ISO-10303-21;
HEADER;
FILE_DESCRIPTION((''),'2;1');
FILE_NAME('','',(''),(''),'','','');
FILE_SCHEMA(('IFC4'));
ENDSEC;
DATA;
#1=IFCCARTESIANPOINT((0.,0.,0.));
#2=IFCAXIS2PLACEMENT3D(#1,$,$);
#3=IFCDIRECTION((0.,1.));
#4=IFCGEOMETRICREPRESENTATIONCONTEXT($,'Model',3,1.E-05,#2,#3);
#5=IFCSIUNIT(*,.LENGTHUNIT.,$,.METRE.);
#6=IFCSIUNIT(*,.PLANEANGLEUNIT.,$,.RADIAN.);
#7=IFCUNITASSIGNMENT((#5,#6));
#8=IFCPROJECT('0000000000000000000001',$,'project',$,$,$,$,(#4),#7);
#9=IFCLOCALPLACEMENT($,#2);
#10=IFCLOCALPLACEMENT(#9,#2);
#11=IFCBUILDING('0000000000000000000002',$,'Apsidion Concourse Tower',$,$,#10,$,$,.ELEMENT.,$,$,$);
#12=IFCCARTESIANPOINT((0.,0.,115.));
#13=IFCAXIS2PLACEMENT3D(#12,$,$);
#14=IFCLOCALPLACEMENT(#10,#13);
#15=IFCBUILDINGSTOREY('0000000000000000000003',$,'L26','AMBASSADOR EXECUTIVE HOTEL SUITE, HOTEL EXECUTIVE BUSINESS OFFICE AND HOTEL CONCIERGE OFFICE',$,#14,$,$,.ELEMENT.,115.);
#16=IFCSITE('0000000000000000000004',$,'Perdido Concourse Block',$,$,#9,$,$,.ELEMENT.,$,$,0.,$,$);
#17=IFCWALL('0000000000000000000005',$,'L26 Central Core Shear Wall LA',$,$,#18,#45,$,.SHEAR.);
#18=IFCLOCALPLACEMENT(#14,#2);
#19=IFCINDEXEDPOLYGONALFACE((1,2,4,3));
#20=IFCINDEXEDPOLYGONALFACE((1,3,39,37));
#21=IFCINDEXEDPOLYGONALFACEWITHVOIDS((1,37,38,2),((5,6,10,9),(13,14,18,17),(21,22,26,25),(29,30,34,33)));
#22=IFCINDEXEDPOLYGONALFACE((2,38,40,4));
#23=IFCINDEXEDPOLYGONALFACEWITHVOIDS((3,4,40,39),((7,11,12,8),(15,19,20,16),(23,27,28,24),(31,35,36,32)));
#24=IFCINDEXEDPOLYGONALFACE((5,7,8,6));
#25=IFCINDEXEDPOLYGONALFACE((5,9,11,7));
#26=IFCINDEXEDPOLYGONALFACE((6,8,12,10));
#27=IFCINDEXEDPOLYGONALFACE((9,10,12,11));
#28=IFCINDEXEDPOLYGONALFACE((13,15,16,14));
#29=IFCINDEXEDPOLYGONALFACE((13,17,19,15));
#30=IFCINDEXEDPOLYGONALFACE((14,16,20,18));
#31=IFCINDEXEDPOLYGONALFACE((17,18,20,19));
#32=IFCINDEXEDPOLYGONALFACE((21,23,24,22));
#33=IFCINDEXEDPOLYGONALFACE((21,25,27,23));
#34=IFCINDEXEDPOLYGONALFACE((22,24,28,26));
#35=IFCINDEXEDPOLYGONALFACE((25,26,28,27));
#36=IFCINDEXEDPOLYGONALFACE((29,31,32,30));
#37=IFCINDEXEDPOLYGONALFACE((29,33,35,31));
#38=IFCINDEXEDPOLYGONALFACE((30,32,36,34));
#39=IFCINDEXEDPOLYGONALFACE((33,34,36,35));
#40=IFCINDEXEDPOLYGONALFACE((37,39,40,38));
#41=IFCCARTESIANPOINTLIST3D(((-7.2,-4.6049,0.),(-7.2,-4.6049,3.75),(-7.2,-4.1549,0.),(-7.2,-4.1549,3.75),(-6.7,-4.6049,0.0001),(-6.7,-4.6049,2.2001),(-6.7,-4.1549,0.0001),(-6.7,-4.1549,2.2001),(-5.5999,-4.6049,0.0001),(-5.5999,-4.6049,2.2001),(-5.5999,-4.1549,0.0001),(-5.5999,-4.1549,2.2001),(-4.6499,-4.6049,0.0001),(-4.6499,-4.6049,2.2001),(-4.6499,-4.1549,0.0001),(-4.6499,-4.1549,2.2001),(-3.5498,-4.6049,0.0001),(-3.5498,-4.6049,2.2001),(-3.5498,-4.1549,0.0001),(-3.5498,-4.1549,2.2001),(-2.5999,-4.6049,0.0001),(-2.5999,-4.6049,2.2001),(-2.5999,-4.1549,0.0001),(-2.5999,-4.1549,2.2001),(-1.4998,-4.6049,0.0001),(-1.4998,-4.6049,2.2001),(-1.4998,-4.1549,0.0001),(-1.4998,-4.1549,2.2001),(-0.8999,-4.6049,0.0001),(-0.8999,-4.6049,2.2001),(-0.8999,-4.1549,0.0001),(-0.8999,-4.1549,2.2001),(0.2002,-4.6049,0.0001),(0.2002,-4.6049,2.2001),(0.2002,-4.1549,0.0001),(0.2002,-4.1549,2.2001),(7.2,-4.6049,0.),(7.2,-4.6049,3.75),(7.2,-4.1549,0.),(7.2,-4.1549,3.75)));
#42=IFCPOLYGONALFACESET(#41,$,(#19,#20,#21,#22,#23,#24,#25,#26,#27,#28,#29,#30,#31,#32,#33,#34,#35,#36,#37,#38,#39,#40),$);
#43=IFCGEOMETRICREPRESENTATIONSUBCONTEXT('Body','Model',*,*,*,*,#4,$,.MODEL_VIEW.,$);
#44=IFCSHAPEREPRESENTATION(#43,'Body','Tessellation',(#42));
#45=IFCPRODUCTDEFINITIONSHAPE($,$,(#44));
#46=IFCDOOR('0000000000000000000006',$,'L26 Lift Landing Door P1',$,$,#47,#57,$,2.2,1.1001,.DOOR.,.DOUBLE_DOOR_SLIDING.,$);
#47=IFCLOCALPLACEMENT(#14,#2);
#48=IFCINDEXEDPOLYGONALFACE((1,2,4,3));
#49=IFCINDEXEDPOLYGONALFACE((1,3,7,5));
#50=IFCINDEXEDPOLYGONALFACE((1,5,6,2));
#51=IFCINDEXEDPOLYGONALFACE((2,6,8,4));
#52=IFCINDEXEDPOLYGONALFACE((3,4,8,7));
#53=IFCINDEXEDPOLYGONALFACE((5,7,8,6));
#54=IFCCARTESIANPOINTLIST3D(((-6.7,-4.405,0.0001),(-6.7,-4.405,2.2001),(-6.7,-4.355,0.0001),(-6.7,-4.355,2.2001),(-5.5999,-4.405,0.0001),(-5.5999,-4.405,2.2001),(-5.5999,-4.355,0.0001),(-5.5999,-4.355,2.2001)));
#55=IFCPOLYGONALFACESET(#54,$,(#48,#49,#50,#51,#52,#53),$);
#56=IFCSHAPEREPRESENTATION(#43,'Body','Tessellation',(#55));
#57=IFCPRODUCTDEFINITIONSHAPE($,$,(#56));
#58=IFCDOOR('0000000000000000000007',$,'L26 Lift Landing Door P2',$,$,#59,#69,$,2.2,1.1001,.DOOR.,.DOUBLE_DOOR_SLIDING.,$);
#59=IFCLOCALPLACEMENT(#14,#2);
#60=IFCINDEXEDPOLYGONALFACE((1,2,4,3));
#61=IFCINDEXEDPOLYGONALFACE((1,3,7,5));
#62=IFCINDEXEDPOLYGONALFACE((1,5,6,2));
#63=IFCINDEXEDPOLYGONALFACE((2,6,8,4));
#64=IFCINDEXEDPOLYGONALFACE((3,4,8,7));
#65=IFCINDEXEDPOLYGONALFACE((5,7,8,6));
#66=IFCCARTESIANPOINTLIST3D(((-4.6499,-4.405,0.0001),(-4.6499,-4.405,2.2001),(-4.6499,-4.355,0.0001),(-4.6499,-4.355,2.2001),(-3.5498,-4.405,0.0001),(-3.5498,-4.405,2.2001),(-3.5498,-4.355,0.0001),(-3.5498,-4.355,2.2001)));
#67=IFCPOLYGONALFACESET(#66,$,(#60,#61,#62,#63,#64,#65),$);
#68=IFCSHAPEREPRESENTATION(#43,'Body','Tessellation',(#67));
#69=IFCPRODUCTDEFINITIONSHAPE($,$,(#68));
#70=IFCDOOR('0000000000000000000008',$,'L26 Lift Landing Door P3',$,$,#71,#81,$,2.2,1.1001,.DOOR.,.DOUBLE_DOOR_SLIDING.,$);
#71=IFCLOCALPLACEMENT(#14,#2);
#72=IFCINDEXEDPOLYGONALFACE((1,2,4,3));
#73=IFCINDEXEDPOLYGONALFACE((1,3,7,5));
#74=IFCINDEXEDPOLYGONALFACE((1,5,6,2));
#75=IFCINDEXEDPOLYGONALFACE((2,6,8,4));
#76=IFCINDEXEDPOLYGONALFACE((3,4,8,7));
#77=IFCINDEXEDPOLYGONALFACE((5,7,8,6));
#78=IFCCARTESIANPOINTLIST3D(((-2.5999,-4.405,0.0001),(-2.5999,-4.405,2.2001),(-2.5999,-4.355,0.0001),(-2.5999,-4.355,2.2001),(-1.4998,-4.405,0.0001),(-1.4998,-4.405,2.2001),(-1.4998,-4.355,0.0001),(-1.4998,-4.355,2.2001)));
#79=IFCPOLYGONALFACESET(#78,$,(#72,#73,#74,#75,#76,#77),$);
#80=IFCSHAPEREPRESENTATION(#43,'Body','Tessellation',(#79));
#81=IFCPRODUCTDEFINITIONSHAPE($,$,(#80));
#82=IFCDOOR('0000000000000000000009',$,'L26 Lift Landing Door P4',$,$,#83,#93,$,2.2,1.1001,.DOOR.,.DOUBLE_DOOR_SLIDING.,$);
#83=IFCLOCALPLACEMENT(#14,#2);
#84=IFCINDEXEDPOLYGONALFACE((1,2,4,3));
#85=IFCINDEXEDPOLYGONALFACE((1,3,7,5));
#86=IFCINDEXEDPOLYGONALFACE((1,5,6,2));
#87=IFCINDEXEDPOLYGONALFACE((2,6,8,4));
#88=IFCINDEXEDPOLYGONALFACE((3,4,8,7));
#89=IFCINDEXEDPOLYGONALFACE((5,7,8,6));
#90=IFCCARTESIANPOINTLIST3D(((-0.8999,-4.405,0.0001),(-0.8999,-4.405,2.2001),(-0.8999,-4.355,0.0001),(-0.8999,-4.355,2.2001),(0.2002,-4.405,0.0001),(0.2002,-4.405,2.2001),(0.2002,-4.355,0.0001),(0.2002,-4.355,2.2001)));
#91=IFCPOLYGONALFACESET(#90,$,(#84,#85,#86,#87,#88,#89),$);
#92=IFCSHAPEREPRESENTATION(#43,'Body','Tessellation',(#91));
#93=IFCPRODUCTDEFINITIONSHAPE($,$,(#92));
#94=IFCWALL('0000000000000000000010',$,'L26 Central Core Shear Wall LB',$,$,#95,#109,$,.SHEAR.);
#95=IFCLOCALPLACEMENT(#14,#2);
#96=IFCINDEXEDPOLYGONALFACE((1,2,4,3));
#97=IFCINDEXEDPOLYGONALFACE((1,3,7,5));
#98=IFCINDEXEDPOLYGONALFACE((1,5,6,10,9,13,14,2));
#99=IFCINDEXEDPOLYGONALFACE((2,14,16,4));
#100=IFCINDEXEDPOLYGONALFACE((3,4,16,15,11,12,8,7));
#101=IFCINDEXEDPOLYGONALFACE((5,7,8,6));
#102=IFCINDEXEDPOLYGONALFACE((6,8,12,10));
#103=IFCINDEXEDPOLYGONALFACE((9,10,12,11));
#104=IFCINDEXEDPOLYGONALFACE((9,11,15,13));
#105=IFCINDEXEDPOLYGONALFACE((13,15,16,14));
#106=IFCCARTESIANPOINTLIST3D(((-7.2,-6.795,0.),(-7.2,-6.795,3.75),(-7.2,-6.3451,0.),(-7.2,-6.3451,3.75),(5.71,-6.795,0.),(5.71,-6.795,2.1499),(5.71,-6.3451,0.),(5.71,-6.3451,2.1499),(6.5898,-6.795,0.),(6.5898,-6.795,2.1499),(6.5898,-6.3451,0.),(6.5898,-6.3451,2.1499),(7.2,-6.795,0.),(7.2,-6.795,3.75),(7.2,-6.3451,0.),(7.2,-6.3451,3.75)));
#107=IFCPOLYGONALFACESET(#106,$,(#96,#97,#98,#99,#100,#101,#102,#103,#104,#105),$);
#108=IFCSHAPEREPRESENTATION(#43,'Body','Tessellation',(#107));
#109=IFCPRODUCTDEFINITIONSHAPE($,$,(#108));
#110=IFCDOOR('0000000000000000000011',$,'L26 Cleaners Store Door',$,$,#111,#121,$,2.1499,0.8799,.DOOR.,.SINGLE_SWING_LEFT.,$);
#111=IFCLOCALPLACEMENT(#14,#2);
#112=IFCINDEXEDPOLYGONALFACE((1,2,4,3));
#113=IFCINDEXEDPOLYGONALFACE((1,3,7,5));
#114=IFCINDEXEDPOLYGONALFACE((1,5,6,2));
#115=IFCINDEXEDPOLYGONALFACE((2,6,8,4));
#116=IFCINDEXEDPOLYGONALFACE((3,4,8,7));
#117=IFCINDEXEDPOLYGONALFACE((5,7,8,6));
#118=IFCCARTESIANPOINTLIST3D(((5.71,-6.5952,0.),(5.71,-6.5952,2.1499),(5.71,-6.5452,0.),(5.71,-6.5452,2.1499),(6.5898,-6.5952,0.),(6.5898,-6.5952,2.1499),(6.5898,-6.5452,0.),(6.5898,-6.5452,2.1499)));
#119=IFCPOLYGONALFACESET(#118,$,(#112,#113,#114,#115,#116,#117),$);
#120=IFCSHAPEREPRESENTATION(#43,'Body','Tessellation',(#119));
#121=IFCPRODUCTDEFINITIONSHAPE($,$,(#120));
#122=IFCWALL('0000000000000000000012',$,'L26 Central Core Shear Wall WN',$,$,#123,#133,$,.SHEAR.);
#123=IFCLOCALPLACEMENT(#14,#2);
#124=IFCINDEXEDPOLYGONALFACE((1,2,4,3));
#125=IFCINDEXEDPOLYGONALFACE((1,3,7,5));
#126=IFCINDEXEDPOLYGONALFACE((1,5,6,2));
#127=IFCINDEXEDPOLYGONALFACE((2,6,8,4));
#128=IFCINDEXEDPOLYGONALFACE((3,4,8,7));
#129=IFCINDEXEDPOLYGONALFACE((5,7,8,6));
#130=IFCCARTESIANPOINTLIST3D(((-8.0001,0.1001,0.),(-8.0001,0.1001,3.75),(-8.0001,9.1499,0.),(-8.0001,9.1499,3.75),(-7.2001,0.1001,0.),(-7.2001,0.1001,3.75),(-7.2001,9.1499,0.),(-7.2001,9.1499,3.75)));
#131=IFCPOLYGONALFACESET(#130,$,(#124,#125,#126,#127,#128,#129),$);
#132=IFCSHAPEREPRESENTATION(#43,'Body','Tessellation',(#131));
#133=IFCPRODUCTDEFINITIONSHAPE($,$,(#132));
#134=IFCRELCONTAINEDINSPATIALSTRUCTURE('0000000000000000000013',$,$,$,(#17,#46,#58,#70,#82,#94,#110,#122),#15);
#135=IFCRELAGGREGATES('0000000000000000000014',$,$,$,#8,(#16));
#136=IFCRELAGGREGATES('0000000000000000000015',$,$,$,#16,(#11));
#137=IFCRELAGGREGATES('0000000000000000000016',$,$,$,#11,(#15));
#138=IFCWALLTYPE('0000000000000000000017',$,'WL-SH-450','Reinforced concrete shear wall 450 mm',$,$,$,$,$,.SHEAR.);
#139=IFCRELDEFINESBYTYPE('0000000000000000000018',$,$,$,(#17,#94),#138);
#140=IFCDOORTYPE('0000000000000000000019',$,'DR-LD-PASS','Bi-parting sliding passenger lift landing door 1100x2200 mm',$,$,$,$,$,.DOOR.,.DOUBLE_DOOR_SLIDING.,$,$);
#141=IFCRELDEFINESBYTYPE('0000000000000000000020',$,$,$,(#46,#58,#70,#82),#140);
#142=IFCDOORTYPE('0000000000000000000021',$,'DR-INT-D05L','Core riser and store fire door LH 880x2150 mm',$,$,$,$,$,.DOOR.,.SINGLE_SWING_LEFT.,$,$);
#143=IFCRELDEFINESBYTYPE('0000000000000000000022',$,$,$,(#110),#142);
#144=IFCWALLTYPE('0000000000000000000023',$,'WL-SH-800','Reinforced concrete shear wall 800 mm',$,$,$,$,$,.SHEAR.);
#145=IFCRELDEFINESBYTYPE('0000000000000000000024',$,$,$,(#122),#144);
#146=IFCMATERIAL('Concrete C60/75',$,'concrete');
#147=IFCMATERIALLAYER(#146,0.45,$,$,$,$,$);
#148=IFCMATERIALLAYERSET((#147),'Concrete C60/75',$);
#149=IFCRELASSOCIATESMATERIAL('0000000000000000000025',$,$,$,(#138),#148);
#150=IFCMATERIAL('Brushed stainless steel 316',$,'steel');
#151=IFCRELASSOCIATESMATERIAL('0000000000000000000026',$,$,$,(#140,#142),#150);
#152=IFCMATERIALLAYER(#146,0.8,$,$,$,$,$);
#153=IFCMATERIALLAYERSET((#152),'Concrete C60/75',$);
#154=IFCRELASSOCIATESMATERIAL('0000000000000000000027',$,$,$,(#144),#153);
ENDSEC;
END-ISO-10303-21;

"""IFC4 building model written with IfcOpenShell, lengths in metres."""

from ifc_helpers import new_model, si_unit, direction, frame, frame_2d, origin, place, context, subcontext, project, spatial, rectangle, extrude, material, layer, layer_set, type_object, element, fill, save


model = new_model("IFC4")

# Units and contexts
model_context = context("Model", 3, precision=1e-05, world=origin(), true_north=direction((0.0, 1.0)))
body_context = subcontext(model_context, "Body", "Model", "MODEL_VIEW")
ifc_project = project(units=[si_unit("LENGTHUNIT", "METRE"), si_unit("PLANEANGLEUNIT", "RADIAN")], contexts=[model_context])

# Site, building, storey
site_placement = place(None, origin())
site = spatial("IfcSite", under=ifc_project, at=site_placement, Name="Perdido Concourse Block", CompositionType="ELEMENT", RefElevation=0.0)
building_placement = place(site_placement, origin())
building = spatial("IfcBuilding", under=site, at=building_placement, Name="Apsidion Concourse Tower", CompositionType="ELEMENT")
storey_placement = place(building_placement, frame((0.0, 0.0, 115.0)))
storey = spatial("IfcBuildingStorey", under=building, at=storey_placement, Name="L26", Description="AMBASSADOR EXECUTIVE HOTEL SUITE, HOTEL EXECUTIVE BUSINESS OFFICE AND HOTEL CONCIERGE OFFICE", CompositionType="ELEMENT", Elevation=115.0)

# Shared definitions
ifc_material_1 = material(Name="Brushed stainless steel 316", Category="steel")

# Shared definitions
ifc_material_2 = material(Name="Concrete C60/75", Category="concrete")
ifc_layer_1 = layer(ifc_material_2, 0.45)
ifc_layer_set_1 = layer_set([ifc_layer_1], Name="Concrete C60/75")
wall_type_1 = type_object("IfcWallType", Name="WL-SH-450", Description="Reinforced concrete shear wall 450 mm", PredefinedType="SHEAR", material=ifc_layer_set_1)

# Wall, openings, doors
wall_1_placement = place(storey_placement, frame((-7.2, -4.3799, 0.0), z_axis=(0.0, 0.0, 1.0), x_axis=(1.0, 0.0, 0.0)))
wall_1 = element("IfcWall", 1, at=wall_1_placement, inside=storey, type_object=wall_type_1, Name="L26 Central Core Shear Wall LA", PredefinedType="SHEAR", context=body_context, shape_type="SweptSolid", body=[
    extrude(rectangle(XDim=14.3999, YDim=0.45, at=frame_2d((7.2, 0.0))), origin(), (0.0, 0.0, 1.0), 3.75),
])
opening_1_placement = place(wall_1_placement, frame((0.5, 0.0, 0.0)))
opening_1 = element("IfcOpeningElement", 2, at=opening_1_placement, cuts=wall_1, PredefinedType="OPENING", context=body_context, shape_type="SweptSolid", body=[
    extrude(rectangle(XDim=1.1001, YDim=2.2, at=frame_2d((0.55, 1.1001))), frame((0.0, 0.2349, 0.0), z_axis=(0.0, -1.0, 0.0), x_axis=(1.0, 0.0, 0.0)), (0.0, 0.0, 1.0), 0.47),
])
opening_2_placement = place(wall_1_placement, frame((2.55, 0.0, 0.0)))
opening_2 = element("IfcOpeningElement", 3, at=opening_2_placement, cuts=wall_1, PredefinedType="OPENING", context=body_context, shape_type="SweptSolid", body=[
    extrude(rectangle(XDim=1.1001, YDim=2.2, at=frame_2d((0.55, 1.1001))), frame((0.0, 0.2349, 0.0), z_axis=(0.0, -1.0, 0.0), x_axis=(1.0, 0.0, 0.0)), (0.0, 0.0, 1.0), 0.47),
])
opening_3_placement = place(wall_1_placement, frame((4.6001, 0.0, 0.0)))
opening_3 = element("IfcOpeningElement", 4, at=opening_3_placement, cuts=wall_1, PredefinedType="OPENING", context=body_context, shape_type="SweptSolid", body=[
    extrude(rectangle(XDim=1.1001, YDim=2.2, at=frame_2d((0.55, 1.1001))), frame((0.0, 0.2349, 0.0), z_axis=(0.0, -1.0, 0.0), x_axis=(1.0, 0.0, 0.0)), (0.0, 0.0, 1.0), 0.47),
])
opening_4_placement = place(wall_1_placement, frame((6.3, 0.0, 0.0)))
opening_4 = element("IfcOpeningElement", 5, at=opening_4_placement, cuts=wall_1, PredefinedType="OPENING", context=body_context, shape_type="SweptSolid", body=[
    extrude(rectangle(XDim=1.1001, YDim=2.2, at=frame_2d((0.55, 1.1001))), frame((0.0, 0.2349, 0.0), z_axis=(0.0, -1.0, 0.0), x_axis=(1.0, 0.0, 0.0)), (0.0, 0.0, 1.0), 0.47),
])
door_type_1 = type_object("IfcDoorType", Name="DR-LD-PASS", Description="Bi-parting sliding passenger lift landing door 1100x2200 mm", OperationType="DOUBLE_DOOR_SLIDING", PredefinedType="DOOR", material=ifc_material_1)
door_1_placement = place(opening_1_placement, origin())
door_1 = element("IfcDoor", 6, at=door_1_placement, inside=storey, type_object=door_type_1, Name="L26 Lift Landing Door P1", OperationType="DOUBLE_DOOR_SLIDING", OverallHeight=2.2, OverallWidth=1.1001, PredefinedType="DOOR", context=body_context, shape_type="SweptSolid", body=[
    extrude(rectangle(XDim=1.1001, YDim=2.2, at=frame_2d((0.55, 1.1001))), frame((0.0, 0.0249, 0.0), z_axis=(0.0, -1.0, 0.0), x_axis=(1.0, 0.0, 0.0)), (0.0, 0.0, 1.0), 0.05),
])
fill(opening_1, door_1)
door_2_placement = place(opening_2_placement, origin())
door_2 = element("IfcDoor", 7, at=door_2_placement, inside=storey, type_object=door_type_1, Name="L26 Lift Landing Door P2", OperationType="DOUBLE_DOOR_SLIDING", OverallHeight=2.2, OverallWidth=1.1001, PredefinedType="DOOR", context=body_context, shape_type="SweptSolid", body=[
    extrude(rectangle(XDim=1.1001, YDim=2.2, at=frame_2d((0.55, 1.1001))), frame((0.0, 0.0249, 0.0), z_axis=(0.0, -1.0, 0.0), x_axis=(1.0, 0.0, 0.0)), (0.0, 0.0, 1.0), 0.05),
])
fill(opening_2, door_2)
door_3_placement = place(opening_3_placement, origin())
door_3 = element("IfcDoor", 8, at=door_3_placement, inside=storey, type_object=door_type_1, Name="L26 Lift Landing Door P3", OperationType="DOUBLE_DOOR_SLIDING", OverallHeight=2.2, OverallWidth=1.1001, PredefinedType="DOOR", context=body_context, shape_type="SweptSolid", body=[
    extrude(rectangle(XDim=1.1001, YDim=2.2, at=frame_2d((0.55, 1.1001))), frame((0.0, 0.0249, 0.0), z_axis=(0.0, -1.0, 0.0), x_axis=(1.0, 0.0, 0.0)), (0.0, 0.0, 1.0), 0.05),
])
fill(opening_3, door_3)
door_4_placement = place(opening_4_placement, origin())
door_4 = element("IfcDoor", 9, at=door_4_placement, inside=storey, type_object=door_type_1, Name="L26 Lift Landing Door P4", OperationType="DOUBLE_DOOR_SLIDING", OverallHeight=2.2, OverallWidth=1.1001, PredefinedType="DOOR", context=body_context, shape_type="SweptSolid", body=[
    extrude(rectangle(XDim=1.1001, YDim=2.2, at=frame_2d((0.55, 1.1001))), frame((0.0, 0.0249, 0.0), z_axis=(0.0, -1.0, 0.0), x_axis=(1.0, 0.0, 0.0)), (0.0, 0.0, 1.0), 0.05),
])
fill(opening_4, door_4)

# Wall, opening, door
wall_2_placement = place(storey_placement, frame((-7.2, -6.5701, 0.0), z_axis=(0.0, 0.0, 1.0), x_axis=(1.0, 0.0, 0.0)))
wall_2 = element("IfcWall", 10, at=wall_2_placement, inside=storey, type_object=wall_type_1, Name="L26 Central Core Shear Wall LB", PredefinedType="SHEAR", context=body_context, shape_type="SweptSolid", body=[
    extrude(rectangle(XDim=14.3999, YDim=0.45, at=frame_2d((7.2, 0.0))), origin(), (0.0, 0.0, 1.0), 3.75),
])
opening_5_placement = place(wall_2_placement, frame((12.9099, 0.0, 0.0)))
opening_5 = element("IfcOpeningElement", 11, at=opening_5_placement, cuts=wall_2, PredefinedType="OPENING", context=body_context, shape_type="SweptSolid", body=[
    extrude(rectangle(XDim=0.8799, YDim=2.1499, at=frame_2d((0.4399, 1.075))), frame((0.0, 0.2349, 0.0), z_axis=(0.0, -1.0, 0.0), x_axis=(1.0, 0.0, 0.0)), (0.0, 0.0, 1.0), 0.47),
])
door_type_2 = type_object("IfcDoorType", Name="DR-INT-D05L", Description="Core riser and store fire door LH 880x2150 mm", OperationType="SINGLE_SWING_LEFT", PredefinedType="DOOR", material=ifc_material_1)
door_5_placement = place(opening_5_placement, origin())
door_5 = element("IfcDoor", 12, at=door_5_placement, inside=storey, type_object=door_type_2, Name="L26 Cleaners Store Door", OperationType="SINGLE_SWING_LEFT", OverallHeight=2.1499, OverallWidth=0.8799, PredefinedType="DOOR", context=body_context, shape_type="SweptSolid", body=[
    extrude(rectangle(XDim=0.8799, YDim=2.1499, at=frame_2d((0.4399, 1.075))), frame((0.0, 0.0249, 0.0), z_axis=(0.0, -1.0, 0.0), x_axis=(1.0, 0.0, 0.0)), (0.0, 0.0, 1.0), 0.05),
])
fill(opening_5, door_5)

# Wall
ifc_layer_2 = layer(ifc_material_2, 0.8)
ifc_layer_set_2 = layer_set([ifc_layer_2], Name="Concrete C60/75")
wall_type_2 = type_object("IfcWallType", Name="WL-SH-800", Description="Reinforced concrete shear wall 800 mm", PredefinedType="SHEAR", material=ifc_layer_set_2)
wall_3_placement = place(storey_placement, frame((-7.6001, 0.1001, 0.0), z_axis=(0.0, 0.0, 1.0), x_axis=(0.0, 1.0, 0.0)))
element("IfcWall", 13, at=wall_3_placement, inside=storey, type_object=wall_type_2, Name="L26 Central Core Shear Wall WN", PredefinedType="SHEAR", context=body_context, shape_type="SweptSolid", body=[
    extrude(rectangle(XDim=9.0498, YDim=0.8, at=frame_2d((4.5249, 0.0))), origin(), (0.0, 0.0, 1.0), 3.75),
])

save(model, "model.ifc")
